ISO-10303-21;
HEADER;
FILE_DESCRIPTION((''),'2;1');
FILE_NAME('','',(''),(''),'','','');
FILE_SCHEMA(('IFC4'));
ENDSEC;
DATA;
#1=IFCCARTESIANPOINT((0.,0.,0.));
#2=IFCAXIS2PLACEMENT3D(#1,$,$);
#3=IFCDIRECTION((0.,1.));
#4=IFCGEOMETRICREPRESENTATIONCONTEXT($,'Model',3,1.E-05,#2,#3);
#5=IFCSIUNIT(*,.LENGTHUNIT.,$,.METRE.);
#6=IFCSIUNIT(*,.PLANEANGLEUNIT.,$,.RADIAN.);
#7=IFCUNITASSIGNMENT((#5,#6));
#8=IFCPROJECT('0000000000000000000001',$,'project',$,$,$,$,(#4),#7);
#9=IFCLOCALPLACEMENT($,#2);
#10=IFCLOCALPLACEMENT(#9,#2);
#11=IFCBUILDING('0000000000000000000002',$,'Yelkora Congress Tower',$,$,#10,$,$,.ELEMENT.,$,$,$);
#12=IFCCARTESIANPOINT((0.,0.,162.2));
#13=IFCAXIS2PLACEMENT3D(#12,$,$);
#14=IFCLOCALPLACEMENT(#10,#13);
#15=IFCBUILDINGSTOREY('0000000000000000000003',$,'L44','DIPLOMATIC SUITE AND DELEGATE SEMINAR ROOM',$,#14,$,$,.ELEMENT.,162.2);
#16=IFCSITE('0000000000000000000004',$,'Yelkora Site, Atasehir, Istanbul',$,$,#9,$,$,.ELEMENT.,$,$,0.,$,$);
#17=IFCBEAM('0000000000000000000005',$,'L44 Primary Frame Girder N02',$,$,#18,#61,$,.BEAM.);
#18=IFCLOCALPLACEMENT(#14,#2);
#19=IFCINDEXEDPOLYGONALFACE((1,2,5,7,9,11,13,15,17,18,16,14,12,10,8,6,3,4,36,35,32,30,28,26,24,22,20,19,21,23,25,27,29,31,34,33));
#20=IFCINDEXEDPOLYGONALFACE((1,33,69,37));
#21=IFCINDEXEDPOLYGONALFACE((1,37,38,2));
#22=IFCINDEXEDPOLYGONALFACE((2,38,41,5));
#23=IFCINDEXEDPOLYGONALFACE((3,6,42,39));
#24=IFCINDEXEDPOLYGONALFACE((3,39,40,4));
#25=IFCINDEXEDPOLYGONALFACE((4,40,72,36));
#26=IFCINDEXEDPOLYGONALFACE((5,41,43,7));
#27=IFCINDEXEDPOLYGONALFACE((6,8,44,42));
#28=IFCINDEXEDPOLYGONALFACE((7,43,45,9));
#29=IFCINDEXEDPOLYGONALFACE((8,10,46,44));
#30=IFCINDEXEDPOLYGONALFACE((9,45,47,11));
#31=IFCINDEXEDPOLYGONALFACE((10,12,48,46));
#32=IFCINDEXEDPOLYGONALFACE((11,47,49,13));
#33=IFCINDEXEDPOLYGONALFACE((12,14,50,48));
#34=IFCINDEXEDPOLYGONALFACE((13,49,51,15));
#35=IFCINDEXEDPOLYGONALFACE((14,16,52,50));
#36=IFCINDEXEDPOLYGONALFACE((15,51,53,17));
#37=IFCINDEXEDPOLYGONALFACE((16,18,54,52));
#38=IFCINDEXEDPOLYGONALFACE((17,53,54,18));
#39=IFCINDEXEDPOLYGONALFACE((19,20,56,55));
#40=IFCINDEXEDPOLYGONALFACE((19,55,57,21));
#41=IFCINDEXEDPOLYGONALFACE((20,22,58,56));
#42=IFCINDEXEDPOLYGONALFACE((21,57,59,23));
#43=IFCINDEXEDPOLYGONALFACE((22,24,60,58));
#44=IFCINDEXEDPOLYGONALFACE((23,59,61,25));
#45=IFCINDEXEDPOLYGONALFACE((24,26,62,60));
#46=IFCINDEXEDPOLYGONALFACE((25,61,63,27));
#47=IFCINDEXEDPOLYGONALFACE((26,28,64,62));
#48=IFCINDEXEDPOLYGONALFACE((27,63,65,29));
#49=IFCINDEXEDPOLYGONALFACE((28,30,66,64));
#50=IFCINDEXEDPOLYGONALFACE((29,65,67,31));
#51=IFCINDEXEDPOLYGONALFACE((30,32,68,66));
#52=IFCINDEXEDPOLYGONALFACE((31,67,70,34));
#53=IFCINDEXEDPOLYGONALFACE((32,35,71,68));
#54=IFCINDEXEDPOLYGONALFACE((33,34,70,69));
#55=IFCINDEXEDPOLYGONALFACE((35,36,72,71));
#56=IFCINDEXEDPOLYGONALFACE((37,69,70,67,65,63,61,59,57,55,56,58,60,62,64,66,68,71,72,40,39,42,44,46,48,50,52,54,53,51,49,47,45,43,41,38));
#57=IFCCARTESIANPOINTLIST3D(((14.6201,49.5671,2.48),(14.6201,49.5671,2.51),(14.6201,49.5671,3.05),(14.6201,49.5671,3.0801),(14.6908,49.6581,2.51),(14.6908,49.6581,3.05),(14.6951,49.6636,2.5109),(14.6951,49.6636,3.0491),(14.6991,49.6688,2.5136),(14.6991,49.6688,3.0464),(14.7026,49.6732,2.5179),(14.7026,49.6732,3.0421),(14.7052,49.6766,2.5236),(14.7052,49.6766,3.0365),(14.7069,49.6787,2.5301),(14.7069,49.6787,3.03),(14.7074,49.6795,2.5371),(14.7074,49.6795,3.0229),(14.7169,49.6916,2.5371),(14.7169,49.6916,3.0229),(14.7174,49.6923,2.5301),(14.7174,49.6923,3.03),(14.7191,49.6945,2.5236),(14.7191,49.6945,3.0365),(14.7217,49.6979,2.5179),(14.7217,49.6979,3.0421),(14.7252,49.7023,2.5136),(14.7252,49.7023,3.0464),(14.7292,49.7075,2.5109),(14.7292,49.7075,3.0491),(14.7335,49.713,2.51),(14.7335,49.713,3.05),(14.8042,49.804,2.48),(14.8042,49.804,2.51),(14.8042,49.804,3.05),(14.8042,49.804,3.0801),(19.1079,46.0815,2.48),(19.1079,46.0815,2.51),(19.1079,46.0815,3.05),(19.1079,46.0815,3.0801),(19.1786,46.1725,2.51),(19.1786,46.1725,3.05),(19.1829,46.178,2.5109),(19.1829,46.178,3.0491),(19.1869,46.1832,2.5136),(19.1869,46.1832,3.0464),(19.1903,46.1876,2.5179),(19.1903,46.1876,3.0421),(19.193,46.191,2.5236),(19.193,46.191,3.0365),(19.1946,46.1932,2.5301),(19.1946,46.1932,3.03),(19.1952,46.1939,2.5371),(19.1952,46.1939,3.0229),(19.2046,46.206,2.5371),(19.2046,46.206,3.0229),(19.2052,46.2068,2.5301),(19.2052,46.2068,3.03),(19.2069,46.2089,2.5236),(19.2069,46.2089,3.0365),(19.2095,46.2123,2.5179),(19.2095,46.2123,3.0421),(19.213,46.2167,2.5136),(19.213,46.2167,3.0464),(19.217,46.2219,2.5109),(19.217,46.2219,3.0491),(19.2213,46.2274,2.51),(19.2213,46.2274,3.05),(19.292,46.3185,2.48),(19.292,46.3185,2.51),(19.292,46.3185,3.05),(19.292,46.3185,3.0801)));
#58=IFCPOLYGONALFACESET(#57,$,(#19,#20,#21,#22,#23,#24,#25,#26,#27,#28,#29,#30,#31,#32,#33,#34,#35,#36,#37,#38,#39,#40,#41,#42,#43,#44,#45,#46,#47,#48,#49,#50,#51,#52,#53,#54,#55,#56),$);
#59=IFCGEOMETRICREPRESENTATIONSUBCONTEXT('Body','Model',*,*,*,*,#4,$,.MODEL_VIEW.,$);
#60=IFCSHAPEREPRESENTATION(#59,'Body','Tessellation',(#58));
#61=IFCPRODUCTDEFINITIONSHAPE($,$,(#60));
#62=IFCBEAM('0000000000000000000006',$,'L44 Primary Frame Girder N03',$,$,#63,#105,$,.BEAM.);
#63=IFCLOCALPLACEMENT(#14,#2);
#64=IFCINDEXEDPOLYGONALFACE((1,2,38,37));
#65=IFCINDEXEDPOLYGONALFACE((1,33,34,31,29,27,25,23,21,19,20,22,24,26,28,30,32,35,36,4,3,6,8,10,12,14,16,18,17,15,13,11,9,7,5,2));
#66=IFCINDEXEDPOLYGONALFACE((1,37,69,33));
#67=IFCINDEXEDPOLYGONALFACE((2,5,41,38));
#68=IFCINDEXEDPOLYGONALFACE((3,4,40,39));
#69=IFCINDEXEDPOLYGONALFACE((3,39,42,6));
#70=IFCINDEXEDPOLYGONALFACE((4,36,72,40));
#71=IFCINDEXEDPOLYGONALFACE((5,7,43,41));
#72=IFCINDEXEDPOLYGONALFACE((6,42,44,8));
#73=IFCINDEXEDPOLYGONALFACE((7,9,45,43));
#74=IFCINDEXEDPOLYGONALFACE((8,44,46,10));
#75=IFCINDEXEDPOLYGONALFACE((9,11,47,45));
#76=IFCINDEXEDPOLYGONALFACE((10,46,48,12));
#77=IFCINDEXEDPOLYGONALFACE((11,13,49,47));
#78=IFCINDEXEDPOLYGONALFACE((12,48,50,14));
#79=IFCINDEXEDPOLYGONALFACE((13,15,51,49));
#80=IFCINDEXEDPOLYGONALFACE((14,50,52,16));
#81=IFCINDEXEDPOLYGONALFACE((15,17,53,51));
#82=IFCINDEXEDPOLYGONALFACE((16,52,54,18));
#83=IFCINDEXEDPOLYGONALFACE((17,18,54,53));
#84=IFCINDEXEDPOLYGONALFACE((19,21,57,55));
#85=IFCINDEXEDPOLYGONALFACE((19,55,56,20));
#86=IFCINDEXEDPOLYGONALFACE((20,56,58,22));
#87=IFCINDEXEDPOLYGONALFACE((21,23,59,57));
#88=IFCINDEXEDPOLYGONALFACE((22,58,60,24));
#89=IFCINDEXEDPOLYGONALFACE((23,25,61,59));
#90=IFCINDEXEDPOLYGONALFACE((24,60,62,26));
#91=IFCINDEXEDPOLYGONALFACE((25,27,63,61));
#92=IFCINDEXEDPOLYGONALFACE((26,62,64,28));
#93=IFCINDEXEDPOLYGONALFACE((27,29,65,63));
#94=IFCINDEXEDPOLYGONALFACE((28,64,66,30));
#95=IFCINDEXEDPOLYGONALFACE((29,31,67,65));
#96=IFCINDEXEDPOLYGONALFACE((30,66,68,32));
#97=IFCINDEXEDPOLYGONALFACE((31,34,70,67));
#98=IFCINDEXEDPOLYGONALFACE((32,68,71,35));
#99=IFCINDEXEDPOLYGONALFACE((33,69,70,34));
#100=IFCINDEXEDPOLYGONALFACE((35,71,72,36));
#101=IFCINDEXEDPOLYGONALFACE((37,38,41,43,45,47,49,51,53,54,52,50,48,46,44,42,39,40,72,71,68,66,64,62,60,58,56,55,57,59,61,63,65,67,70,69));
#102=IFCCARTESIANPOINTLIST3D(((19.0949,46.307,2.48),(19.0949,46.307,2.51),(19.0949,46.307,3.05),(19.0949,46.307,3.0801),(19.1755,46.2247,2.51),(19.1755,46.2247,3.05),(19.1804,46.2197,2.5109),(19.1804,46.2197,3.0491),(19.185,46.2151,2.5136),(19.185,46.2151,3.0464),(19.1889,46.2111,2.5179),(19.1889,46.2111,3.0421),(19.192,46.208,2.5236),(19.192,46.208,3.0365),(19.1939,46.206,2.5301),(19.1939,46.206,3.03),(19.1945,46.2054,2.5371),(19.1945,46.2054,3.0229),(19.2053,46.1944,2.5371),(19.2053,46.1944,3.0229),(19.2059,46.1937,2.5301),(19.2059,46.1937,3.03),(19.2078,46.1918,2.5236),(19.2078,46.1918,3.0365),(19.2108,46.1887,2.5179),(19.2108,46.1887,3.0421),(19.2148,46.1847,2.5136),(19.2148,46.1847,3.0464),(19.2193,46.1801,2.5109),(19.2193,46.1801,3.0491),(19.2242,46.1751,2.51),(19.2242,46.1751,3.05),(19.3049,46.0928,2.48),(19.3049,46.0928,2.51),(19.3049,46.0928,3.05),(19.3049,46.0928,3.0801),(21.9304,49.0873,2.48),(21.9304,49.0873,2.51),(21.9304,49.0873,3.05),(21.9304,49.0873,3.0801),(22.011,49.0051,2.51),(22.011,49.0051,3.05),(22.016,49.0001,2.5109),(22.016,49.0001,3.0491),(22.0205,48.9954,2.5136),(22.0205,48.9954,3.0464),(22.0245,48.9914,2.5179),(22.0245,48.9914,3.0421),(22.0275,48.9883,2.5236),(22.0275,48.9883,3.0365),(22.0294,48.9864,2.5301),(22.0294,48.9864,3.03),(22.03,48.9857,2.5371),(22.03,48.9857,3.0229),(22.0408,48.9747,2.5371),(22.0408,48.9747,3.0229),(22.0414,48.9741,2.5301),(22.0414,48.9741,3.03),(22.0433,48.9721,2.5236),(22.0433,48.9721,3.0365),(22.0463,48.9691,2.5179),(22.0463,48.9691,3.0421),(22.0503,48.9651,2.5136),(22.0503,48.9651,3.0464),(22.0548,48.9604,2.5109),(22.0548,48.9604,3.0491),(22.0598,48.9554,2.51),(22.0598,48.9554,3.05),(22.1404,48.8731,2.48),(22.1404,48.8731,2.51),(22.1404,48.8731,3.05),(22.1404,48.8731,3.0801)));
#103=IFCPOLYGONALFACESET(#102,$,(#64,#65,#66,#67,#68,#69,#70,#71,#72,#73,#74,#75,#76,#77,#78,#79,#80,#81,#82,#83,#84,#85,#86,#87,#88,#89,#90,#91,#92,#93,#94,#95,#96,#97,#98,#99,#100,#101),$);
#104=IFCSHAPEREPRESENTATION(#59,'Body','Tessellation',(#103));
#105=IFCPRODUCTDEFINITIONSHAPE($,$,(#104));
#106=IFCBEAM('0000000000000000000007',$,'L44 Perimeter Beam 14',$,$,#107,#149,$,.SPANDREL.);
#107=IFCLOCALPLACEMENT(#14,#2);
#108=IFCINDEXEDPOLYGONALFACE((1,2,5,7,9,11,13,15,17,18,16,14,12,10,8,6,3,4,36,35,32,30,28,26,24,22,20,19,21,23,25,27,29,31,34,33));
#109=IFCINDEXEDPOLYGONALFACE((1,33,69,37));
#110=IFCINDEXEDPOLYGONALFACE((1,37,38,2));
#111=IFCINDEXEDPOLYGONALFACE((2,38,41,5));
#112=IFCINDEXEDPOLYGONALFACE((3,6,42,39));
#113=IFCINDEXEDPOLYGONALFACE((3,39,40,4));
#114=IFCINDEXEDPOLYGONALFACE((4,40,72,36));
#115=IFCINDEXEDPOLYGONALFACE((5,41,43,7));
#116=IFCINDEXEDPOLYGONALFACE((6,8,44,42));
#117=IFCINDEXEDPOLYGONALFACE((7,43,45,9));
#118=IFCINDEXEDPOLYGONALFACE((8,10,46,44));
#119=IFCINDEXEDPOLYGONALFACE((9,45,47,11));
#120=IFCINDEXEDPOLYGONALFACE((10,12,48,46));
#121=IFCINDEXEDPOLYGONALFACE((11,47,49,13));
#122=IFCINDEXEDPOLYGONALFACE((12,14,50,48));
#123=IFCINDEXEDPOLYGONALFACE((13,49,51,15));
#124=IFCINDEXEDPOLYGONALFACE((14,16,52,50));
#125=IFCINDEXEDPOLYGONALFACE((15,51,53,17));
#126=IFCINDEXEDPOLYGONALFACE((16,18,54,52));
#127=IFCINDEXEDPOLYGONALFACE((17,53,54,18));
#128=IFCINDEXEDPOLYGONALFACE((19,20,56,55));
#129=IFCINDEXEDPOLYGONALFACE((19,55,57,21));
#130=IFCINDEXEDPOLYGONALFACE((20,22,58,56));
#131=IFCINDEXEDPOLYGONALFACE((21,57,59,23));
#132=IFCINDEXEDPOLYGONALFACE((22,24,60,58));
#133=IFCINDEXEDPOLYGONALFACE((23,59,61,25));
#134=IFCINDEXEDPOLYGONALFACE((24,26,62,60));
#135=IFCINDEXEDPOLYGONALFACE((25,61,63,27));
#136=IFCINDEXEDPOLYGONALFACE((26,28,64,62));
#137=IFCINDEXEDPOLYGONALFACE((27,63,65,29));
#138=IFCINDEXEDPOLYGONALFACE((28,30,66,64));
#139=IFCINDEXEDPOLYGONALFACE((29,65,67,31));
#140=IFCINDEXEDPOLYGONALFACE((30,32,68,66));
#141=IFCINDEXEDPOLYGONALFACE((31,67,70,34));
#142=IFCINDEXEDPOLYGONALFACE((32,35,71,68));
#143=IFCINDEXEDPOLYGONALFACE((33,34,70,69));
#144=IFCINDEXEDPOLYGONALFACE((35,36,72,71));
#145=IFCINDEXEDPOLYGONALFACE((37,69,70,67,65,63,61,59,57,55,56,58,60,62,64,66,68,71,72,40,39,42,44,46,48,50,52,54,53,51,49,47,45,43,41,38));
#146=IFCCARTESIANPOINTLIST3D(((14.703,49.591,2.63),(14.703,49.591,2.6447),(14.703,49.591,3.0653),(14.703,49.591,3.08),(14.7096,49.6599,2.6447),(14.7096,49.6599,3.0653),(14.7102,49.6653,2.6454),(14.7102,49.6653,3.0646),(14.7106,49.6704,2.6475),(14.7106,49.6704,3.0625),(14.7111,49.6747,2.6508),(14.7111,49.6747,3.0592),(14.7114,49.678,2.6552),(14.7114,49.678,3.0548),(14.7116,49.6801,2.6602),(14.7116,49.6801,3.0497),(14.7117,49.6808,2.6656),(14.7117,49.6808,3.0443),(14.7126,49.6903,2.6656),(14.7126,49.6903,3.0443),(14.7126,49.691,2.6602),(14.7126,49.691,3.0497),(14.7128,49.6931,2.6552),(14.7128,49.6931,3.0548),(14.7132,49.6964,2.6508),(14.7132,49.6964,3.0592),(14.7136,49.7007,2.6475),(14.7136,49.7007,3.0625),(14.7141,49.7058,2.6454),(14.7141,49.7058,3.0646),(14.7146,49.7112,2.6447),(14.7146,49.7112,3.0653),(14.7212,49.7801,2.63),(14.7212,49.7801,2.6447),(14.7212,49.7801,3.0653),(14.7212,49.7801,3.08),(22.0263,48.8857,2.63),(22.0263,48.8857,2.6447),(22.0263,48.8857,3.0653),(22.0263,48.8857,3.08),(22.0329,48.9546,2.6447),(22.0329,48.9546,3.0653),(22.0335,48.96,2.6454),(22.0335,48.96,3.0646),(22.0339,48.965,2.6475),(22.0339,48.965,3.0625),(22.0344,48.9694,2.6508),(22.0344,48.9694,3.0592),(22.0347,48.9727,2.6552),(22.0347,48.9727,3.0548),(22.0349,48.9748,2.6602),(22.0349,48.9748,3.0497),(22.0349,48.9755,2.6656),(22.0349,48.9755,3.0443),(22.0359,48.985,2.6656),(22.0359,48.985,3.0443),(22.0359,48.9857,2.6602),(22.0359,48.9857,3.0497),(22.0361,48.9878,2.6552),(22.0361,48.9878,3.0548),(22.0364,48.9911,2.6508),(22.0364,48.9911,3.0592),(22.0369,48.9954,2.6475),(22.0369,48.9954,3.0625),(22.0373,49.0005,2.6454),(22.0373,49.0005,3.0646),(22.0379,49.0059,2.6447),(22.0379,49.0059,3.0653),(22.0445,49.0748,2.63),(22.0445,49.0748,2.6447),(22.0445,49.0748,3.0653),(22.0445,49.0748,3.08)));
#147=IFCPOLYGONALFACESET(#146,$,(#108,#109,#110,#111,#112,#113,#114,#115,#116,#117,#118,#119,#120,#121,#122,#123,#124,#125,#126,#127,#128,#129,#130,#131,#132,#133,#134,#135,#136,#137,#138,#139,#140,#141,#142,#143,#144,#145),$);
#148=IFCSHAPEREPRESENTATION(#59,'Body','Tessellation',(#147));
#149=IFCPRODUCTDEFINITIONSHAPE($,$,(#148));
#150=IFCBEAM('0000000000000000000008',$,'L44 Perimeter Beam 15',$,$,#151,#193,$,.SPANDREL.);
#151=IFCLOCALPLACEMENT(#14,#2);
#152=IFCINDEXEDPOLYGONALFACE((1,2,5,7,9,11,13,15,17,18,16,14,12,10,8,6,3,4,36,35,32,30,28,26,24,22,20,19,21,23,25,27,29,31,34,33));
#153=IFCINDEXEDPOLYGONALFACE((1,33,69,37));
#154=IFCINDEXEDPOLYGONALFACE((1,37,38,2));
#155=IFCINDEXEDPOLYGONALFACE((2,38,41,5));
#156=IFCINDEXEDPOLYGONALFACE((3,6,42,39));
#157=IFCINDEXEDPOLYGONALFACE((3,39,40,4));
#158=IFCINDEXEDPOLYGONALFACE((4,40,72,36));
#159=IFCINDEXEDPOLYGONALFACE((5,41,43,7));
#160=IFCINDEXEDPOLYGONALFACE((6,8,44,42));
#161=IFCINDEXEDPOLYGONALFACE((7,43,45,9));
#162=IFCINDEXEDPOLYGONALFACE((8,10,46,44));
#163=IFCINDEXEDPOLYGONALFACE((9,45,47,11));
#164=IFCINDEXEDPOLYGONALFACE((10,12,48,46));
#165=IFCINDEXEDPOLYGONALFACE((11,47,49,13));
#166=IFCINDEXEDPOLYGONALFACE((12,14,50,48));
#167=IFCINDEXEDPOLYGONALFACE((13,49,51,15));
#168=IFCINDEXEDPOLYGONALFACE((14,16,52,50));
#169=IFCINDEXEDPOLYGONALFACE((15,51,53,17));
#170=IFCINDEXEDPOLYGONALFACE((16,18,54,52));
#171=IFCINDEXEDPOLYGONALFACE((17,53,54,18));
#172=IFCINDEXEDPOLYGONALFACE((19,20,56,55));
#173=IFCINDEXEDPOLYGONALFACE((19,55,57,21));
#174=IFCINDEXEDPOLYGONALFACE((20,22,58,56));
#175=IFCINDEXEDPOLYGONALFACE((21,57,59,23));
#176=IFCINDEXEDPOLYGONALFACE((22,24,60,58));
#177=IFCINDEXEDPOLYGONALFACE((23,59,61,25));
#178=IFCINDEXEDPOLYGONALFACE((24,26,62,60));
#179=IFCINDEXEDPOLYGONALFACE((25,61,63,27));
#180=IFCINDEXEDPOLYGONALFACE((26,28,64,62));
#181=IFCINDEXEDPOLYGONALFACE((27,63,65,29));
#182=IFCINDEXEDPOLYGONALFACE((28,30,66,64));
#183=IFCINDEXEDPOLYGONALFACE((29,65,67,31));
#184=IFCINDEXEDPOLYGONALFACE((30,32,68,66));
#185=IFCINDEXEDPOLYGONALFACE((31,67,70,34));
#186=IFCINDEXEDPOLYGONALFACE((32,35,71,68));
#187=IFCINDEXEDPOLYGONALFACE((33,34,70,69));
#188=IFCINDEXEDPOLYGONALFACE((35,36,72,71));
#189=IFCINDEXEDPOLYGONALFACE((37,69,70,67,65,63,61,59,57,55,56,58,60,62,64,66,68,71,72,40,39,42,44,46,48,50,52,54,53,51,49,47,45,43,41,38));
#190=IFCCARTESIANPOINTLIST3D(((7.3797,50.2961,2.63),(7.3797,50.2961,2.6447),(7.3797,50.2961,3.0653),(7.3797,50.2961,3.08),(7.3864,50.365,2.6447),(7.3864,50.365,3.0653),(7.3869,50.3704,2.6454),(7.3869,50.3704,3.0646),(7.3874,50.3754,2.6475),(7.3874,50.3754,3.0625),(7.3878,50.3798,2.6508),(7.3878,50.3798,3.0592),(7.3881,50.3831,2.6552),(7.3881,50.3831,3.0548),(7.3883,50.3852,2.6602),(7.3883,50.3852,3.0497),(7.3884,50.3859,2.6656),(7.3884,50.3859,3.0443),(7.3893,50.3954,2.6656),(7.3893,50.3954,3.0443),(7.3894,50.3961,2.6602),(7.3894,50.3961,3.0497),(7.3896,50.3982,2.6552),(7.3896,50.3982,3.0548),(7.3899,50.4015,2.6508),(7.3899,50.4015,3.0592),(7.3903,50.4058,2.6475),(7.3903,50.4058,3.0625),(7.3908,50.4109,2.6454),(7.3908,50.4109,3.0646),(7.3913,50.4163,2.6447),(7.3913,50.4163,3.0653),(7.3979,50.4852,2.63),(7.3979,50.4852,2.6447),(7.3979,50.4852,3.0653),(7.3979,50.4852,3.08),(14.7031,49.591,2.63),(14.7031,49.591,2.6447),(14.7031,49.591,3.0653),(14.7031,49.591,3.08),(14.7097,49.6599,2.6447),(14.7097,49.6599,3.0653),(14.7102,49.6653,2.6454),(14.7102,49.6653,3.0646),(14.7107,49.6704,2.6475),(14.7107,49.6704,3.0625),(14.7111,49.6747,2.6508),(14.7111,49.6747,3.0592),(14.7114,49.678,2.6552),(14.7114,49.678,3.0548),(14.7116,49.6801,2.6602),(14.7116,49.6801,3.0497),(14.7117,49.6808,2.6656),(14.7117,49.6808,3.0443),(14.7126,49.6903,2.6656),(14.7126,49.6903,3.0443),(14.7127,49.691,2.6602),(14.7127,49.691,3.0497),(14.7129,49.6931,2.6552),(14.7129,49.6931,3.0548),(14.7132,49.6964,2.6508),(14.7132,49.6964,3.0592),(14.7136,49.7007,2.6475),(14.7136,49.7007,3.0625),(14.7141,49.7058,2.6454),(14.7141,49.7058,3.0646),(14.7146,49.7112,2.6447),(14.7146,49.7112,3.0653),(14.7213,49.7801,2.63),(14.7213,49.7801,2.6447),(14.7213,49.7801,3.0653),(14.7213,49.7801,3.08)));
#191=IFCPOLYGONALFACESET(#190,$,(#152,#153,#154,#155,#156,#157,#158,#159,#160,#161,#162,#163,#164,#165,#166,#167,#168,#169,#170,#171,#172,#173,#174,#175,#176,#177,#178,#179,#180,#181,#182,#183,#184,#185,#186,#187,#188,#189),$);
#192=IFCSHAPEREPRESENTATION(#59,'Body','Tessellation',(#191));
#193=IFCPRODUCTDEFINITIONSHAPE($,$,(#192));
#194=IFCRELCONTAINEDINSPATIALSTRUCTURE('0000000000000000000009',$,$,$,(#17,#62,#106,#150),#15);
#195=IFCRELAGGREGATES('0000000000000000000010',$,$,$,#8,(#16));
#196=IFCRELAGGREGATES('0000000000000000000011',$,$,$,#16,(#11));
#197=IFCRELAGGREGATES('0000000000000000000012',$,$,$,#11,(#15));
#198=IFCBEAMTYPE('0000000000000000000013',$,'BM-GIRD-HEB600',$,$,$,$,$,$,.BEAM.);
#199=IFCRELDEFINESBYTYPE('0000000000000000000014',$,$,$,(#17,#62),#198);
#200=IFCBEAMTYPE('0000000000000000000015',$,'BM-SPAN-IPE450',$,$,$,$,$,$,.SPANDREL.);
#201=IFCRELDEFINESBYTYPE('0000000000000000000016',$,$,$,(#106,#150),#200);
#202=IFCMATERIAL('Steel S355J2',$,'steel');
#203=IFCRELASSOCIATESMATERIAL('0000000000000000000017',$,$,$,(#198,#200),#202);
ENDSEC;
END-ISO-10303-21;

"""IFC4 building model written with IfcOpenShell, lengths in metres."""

from ifc_helpers import new_model, si_unit, direction, frame, origin, origin_2d, place, context, subcontext, project, spatial, i_section, extrude, material, material_profile, profile_set, type_object, element, save


model = new_model("IFC4")

# Units and contexts
model_context = context("Model", 3, precision=1e-05, world=origin(), true_north=direction((0.0, 1.0)))
body_context = subcontext(model_context, "Body", "Model", "MODEL_VIEW")
ifc_project = project(units=[si_unit("LENGTHUNIT", "METRE"), si_unit("PLANEANGLEUNIT", "RADIAN")], contexts=[model_context])

# Site, building, storey
site_placement = place(None, origin())
site = spatial("IfcSite", under=ifc_project, at=site_placement, Name="Yelkora Site, Atasehir, Istanbul", CompositionType="ELEMENT", RefElevation=0.0)
building_placement = place(site_placement, origin())
building = spatial("IfcBuilding", under=site, at=building_placement, Name="Yelkora Congress Tower", CompositionType="ELEMENT")
storey_placement = place(building_placement, frame((0.0, 0.0, 162.2)))
storey = spatial("IfcBuildingStorey", under=building, at=storey_placement, Name="L44", Description="DIPLOMATIC SUITE AND DELEGATE SEMINAR ROOM", CompositionType="ELEMENT", Elevation=162.2)

# Beams
ifc_material_1 = material(Name="Steel S355J2", Category="steel")
ifc_material_profile_1 = material_profile(ifc_material_1, i_section(OverallWidth=0.3, OverallDepth=0.6001, WebThickness=0.0154, FlangeThickness=0.03, FilletRadius=0.0271, at=origin_2d()), Name="HEB 600")
ifc_profile_set_1 = profile_set([ifc_material_profile_1], Name="Steel S355J2")
beam_type_1 = type_object("IfcBeamType", Name="BM-GIRD-HEB600", PredefinedType="BEAM", material=ifc_profile_set_1)
beam_1_placement = place(storey_placement, frame((14.7122, 49.6855, 2.78), z_axis=(0.789771, -0.613402, 0.0), x_axis=(0.613402, 0.789771, 0.0)))
element("IfcBeam", 1, at=beam_1_placement, inside=storey, type_object=beam_type_1, Name="L44 Primary Frame Girder N02", PredefinedType="BEAM", context=body_context, shape_type="SweptSolid", body=[
    extrude(i_section(OverallWidth=0.3, OverallDepth=0.6001, WebThickness=0.0154, FlangeThickness=0.03, FilletRadius=0.0271, at=origin_2d()), origin(), (0.0, 0.0, 1.0), 5.6824),
])
beam_2_placement = place(storey_placement, frame((22.0354, 48.9802, 2.78), z_axis=(-0.71402, -0.700126, 0.0), x_axis=(0.700126, -0.71402, 0.0)))
element("IfcBeam", 2, at=beam_2_placement, inside=storey, type_object=beam_type_1, Name="L44 Primary Frame Girder N03", PredefinedType="BEAM", context=body_context, shape_type="SweptSolid", body=[
    extrude(i_section(OverallWidth=0.3, OverallDepth=0.6001, WebThickness=0.0154, FlangeThickness=0.03, FilletRadius=0.0271, at=origin_2d()), origin(), (0.0, 0.0, 1.0), 3.9712),
])
ifc_material_profile_2 = material_profile(ifc_material_1, i_section(OverallWidth=0.1899, OverallDepth=0.45, WebThickness=0.0095, FlangeThickness=0.0146, FilletRadius=0.021, at=origin_2d()), Name="IPE 450")
ifc_profile_set_2 = profile_set([ifc_material_profile_2], Name="Steel S355J2")
beam_type_2 = type_object("IfcBeamType", Name="BM-SPAN-IPE450", PredefinedType="SPANDREL", material=ifc_profile_set_2)
for number, where, z_axis, x_axis, name in (
    (3, (22.0354, 48.9802, 2.855), (-0.995394, 0.095869, 0.0), (-0.095869, -0.995394, 0.0), "L44 Perimeter Beam 14"),
    (4, (14.7122, 49.6855, 2.855), (-0.995397, 0.095836, 0.0), (-0.095836, -0.995397, 0.0), "L44 Perimeter Beam 15"),
):
    element("IfcBeam", number, at=place(storey_placement, frame(where, z_axis=z_axis, x_axis=x_axis)), inside=storey, type_object=beam_type_2, Name=name, PredefinedType="SPANDREL", context=body_context, shape_type="SweptSolid", body=[
        extrude(i_section(OverallWidth=0.1899, OverallDepth=0.45, WebThickness=0.0095, FlangeThickness=0.0146, FilletRadius=0.021, at=origin_2d()), origin(), (0.0, 0.0, 1.0), 7.3572),
    ])

save(model, "model.ifc")
